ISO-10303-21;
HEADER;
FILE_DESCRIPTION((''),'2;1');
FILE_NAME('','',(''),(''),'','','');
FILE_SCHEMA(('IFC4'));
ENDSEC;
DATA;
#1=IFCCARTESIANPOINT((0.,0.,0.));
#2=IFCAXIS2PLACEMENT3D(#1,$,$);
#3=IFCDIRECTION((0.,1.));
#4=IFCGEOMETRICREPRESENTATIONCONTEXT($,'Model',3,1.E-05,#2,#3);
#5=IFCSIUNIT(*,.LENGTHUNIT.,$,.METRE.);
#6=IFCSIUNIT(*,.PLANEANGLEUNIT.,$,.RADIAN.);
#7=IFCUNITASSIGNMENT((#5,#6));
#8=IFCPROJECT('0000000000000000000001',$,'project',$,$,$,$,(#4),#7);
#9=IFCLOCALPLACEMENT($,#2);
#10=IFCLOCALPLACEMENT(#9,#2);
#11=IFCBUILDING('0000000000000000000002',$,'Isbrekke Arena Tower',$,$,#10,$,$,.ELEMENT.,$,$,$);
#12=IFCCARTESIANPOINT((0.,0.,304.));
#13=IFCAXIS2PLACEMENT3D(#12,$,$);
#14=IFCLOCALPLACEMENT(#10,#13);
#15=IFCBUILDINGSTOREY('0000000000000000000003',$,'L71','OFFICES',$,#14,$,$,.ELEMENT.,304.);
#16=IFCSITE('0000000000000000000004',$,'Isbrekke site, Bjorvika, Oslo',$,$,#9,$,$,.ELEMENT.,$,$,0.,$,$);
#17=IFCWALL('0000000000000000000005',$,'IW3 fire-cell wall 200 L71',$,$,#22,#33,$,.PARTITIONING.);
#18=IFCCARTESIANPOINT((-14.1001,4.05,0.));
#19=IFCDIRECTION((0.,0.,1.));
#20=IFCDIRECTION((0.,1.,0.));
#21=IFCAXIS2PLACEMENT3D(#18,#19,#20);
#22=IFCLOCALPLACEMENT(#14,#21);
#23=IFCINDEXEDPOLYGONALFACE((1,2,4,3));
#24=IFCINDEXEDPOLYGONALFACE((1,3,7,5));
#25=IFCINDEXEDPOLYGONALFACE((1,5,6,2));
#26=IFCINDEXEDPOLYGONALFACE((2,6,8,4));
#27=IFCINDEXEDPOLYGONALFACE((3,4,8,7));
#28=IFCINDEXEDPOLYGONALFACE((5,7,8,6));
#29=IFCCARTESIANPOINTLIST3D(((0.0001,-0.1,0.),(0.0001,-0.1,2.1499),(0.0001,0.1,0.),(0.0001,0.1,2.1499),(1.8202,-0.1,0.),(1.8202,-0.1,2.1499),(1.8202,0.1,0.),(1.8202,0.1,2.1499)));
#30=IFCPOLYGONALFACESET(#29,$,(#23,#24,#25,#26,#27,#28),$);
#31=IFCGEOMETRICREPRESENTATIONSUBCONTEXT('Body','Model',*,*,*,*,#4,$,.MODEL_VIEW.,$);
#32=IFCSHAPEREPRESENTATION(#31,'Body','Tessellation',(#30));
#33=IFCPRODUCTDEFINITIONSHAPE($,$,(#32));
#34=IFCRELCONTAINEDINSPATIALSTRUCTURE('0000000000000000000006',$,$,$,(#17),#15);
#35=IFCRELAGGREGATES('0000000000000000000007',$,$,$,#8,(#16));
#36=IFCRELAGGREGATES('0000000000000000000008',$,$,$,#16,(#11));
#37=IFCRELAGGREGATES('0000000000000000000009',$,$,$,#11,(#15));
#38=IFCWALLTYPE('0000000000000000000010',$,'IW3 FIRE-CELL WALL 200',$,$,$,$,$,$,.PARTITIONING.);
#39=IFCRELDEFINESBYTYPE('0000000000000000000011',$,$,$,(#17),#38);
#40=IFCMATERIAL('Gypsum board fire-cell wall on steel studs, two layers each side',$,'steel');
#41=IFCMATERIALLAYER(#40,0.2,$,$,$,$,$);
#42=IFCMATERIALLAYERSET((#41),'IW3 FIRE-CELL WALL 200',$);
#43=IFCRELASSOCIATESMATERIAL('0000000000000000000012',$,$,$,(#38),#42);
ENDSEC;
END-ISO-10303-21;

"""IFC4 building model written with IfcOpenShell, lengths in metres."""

from ifc_helpers import new_model, si_unit, direction, frame, frame_2d, origin, place, context, subcontext, project, spatial, rectangle, extrude, material, layer, layer_set, type_object, element, save


model = new_model("IFC4")

# Units and contexts
model_context = context("Model", 3, precision=1e-05, world=origin(), true_north=direction((0.0, 1.0)))
body_context = subcontext(model_context, "Body", "Model", "MODEL_VIEW")
ifc_project = project(units=[si_unit("LENGTHUNIT", "METRE"), si_unit("PLANEANGLEUNIT", "RADIAN")], contexts=[model_context])

# Site, building, storey
site_placement = place(None, origin())
site = spatial("IfcSite", under=ifc_project, at=site_placement, Name="Isbrekke site, Bjorvika, Oslo", CompositionType="ELEMENT", RefElevation=0.0)
building_placement = place(site_placement, origin())
building = spatial("IfcBuilding", under=site, at=building_placement, Name="Isbrekke Arena Tower", CompositionType="ELEMENT")
storey_placement = place(building_placement, frame((0.0, 0.0, 304.0)))
storey = spatial("IfcBuildingStorey", under=building, at=storey_placement, Name="L71", Description="OFFICES", CompositionType="ELEMENT", Elevation=304.0)

# Shared definitions
ifc_material_1 = material(Name="Gypsum board fire-cell wall on steel studs, two layers each side", Category="steel")
ifc_layer_1 = layer(ifc_material_1, 0.2)
ifc_layer_set_1 = layer_set([ifc_layer_1], Name="IW3 FIRE-CELL WALL 200")
wall_type_1 = type_object("IfcWallType", Name="IW3 FIRE-CELL WALL 200", PredefinedType="PARTITIONING", material=ifc_layer_set_1)

# Wall
wall_1_placement = place(storey_placement, frame((-14.1001, 4.05, 0.0), z_axis=(0.0, 0.0, 1.0), x_axis=(0.0, 1.0, 0.0)))
element("IfcWall", 1, at=wall_1_placement, inside=storey, type_object=wall_type_1, Name="IW3 fire-cell wall 200 L71", PredefinedType="PARTITIONING", context=body_context, shape_type="SweptSolid", body=[
    extrude(rectangle(XDim=1.8201, YDim=0.2, at=frame_2d((0.9102, 0.0))), origin(), (0.0, 0.0, 1.0), 2.1499),
])

save(model, "model.ifc")
